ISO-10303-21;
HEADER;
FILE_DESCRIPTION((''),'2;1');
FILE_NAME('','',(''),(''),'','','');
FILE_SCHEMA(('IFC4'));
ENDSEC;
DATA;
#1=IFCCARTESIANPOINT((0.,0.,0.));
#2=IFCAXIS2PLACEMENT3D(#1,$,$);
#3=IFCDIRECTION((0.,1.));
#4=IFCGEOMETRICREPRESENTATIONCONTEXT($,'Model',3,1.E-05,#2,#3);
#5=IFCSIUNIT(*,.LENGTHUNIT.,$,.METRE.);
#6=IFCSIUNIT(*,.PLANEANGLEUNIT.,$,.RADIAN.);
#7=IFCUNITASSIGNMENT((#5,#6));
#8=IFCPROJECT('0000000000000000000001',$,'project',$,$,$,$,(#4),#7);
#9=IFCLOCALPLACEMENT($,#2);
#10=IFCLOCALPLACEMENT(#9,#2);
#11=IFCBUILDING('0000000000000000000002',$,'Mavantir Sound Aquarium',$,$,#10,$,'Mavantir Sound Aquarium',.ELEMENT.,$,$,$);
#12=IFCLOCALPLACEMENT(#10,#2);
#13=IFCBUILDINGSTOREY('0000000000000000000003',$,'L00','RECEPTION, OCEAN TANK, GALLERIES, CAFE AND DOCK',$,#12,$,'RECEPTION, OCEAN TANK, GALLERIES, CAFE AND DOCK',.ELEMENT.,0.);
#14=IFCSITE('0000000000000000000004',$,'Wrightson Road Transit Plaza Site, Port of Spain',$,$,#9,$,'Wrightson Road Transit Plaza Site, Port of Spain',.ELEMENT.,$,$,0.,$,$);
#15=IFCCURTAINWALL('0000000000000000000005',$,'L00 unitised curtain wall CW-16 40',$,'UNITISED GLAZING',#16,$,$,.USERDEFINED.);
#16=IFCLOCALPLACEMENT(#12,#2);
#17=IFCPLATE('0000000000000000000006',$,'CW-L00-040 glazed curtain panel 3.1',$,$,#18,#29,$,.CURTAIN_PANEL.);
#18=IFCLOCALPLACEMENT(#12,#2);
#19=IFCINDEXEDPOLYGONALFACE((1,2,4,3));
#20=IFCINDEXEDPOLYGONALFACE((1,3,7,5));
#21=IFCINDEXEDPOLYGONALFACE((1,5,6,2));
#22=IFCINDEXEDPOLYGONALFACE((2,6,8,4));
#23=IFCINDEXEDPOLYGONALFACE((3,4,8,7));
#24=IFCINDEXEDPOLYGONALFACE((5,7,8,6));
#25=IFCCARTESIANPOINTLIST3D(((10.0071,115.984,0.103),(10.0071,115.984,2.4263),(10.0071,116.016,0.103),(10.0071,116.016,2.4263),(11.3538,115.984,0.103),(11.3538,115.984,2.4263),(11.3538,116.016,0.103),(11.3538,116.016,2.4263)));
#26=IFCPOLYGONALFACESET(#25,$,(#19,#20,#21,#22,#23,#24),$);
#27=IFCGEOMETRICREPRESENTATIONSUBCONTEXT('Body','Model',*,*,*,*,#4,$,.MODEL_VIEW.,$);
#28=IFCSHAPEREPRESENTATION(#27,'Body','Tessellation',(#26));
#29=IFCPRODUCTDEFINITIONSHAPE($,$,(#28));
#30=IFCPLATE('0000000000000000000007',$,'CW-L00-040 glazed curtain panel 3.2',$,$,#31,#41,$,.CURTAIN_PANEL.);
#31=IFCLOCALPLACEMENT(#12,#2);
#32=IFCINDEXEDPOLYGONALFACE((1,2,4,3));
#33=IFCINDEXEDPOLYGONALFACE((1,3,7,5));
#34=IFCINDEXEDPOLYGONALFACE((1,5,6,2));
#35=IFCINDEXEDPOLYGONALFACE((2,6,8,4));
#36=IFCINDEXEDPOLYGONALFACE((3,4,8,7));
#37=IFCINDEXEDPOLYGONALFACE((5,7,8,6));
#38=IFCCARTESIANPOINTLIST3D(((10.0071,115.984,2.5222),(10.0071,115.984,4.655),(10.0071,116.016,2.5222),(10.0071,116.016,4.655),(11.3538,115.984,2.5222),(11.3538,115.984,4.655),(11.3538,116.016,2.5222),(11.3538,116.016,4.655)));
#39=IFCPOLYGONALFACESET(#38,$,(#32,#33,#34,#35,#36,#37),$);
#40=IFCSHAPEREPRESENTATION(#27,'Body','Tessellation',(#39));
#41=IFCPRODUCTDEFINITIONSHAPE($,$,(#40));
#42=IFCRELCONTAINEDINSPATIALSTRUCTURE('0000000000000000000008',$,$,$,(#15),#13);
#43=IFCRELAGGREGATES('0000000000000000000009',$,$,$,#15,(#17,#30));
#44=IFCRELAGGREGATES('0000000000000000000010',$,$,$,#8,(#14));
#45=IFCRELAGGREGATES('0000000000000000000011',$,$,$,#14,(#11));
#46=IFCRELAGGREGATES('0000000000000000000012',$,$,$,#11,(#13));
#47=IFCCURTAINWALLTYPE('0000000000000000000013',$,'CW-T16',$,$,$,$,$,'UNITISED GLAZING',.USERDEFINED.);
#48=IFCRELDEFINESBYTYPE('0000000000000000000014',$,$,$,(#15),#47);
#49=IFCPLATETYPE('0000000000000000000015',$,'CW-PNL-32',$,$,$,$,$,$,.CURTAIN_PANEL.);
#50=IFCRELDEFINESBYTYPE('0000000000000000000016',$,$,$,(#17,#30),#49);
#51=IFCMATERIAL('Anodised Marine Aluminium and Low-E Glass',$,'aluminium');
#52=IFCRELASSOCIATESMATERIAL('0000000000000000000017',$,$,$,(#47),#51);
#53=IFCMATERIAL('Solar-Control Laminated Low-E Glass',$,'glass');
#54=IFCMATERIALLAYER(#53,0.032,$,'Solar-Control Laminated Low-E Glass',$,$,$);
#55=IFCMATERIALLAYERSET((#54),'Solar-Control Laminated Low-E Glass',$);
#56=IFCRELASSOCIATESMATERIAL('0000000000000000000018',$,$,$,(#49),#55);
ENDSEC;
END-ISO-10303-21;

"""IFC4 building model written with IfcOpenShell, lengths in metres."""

from ifc_helpers import new_model, si_unit, direction, frame, origin, origin_2d, place, context, subcontext, project, spatial, rectangle, extrude, material, layer, layer_set, type_object, element, aggregate, save


model = new_model("IFC4")

# Units and contexts
model_context = context("Model", 3, precision=1e-05, world=origin(), true_north=direction((0.0, 1.0)))
body_context = subcontext(model_context, "Body", "Model", "MODEL_VIEW")
ifc_project = project(units=[si_unit("LENGTHUNIT", "METRE"), si_unit("PLANEANGLEUNIT", "RADIAN")], contexts=[model_context])

# Site, building, storey
site_placement = place(None, origin())
site = spatial("IfcSite", under=ifc_project, at=site_placement, Name="Wrightson Road Transit Plaza Site, Port of Spain", LongName="Wrightson Road Transit Plaza Site, Port of Spain", CompositionType="ELEMENT", RefElevation=0.0)
building_placement = place(site_placement, origin())
building = spatial("IfcBuilding", under=site, at=building_placement, Name="Mavantir Sound Aquarium", LongName="Mavantir Sound Aquarium", CompositionType="ELEMENT")
storey_placement = place(building_placement, origin())
storey = spatial("IfcBuildingStorey", under=building, at=storey_placement, Name="L00", Description="RECEPTION, OCEAN TANK, GALLERIES, CAFE AND DOCK", LongName="RECEPTION, OCEAN TANK, GALLERIES, CAFE AND DOCK", CompositionType="ELEMENT", Elevation=0.0)

# Curtain wall, plates
ifc_material_1 = material(Name="Anodised Marine Aluminium and Low-E Glass", Category="aluminium")
curtain_wall_type = type_object("IfcCurtainWallType", Name="CW-T16", ElementType="UNITISED GLAZING", PredefinedType="USERDEFINED", material=ifc_material_1)
curtain_wall_placement = place(storey_placement, origin())
curtain_wall = element("IfcCurtainWall", 1, at=curtain_wall_placement, inside=storey, type_object=curtain_wall_type, Name="L00 unitised curtain wall CW-16 40", ObjectType="UNITISED GLAZING", PredefinedType="USERDEFINED")
ifc_material_2 = material(Name="Solar-Control Laminated Low-E Glass", Category="glass")
ifc_layer = layer(ifc_material_2, 0.032, Name="Solar-Control Laminated Low-E Glass")
ifc_layer_set = layer_set([ifc_layer], Name="Solar-Control Laminated Low-E Glass")
plate_type = type_object("IfcPlateType", Name="CW-PNL-32", PredefinedType="CURTAIN_PANEL", material=ifc_layer_set)
plate_1_placement = place(storey_placement, frame((10.6804, 116.0, 0.103), z_axis=(0.0, 0.0, 1.0), x_axis=(-1.0, 0.0, 0.0)))
plate_1 = element("IfcPlate", 2, at=plate_1_placement, type_object=plate_type, Name="CW-L00-040 glazed curtain panel 3.1", PredefinedType="CURTAIN_PANEL", context=body_context, shape_type="SweptSolid", body=[
    extrude(rectangle(XDim=1.3467, YDim=0.032, at=origin_2d()), origin(), (0.0, 0.0, 1.0), 2.3232),
])
plate_2_placement = place(storey_placement, frame((10.6804, 116.0, 2.5222), z_axis=(0.0, 0.0, 1.0), x_axis=(-1.0, 0.0, 0.0)))
plate_2 = element("IfcPlate", 3, at=plate_2_placement, type_object=plate_type, Name="CW-L00-040 glazed curtain panel 3.2", PredefinedType="CURTAIN_PANEL", context=body_context, shape_type="SweptSolid", body=[
    extrude(rectangle(XDim=1.3467, YDim=0.032, at=origin_2d()), origin(), (0.0, 0.0, 1.0), 2.1328),
])
aggregate(curtain_wall, [plate_1, plate_2])

save(model, "model.ifc")
